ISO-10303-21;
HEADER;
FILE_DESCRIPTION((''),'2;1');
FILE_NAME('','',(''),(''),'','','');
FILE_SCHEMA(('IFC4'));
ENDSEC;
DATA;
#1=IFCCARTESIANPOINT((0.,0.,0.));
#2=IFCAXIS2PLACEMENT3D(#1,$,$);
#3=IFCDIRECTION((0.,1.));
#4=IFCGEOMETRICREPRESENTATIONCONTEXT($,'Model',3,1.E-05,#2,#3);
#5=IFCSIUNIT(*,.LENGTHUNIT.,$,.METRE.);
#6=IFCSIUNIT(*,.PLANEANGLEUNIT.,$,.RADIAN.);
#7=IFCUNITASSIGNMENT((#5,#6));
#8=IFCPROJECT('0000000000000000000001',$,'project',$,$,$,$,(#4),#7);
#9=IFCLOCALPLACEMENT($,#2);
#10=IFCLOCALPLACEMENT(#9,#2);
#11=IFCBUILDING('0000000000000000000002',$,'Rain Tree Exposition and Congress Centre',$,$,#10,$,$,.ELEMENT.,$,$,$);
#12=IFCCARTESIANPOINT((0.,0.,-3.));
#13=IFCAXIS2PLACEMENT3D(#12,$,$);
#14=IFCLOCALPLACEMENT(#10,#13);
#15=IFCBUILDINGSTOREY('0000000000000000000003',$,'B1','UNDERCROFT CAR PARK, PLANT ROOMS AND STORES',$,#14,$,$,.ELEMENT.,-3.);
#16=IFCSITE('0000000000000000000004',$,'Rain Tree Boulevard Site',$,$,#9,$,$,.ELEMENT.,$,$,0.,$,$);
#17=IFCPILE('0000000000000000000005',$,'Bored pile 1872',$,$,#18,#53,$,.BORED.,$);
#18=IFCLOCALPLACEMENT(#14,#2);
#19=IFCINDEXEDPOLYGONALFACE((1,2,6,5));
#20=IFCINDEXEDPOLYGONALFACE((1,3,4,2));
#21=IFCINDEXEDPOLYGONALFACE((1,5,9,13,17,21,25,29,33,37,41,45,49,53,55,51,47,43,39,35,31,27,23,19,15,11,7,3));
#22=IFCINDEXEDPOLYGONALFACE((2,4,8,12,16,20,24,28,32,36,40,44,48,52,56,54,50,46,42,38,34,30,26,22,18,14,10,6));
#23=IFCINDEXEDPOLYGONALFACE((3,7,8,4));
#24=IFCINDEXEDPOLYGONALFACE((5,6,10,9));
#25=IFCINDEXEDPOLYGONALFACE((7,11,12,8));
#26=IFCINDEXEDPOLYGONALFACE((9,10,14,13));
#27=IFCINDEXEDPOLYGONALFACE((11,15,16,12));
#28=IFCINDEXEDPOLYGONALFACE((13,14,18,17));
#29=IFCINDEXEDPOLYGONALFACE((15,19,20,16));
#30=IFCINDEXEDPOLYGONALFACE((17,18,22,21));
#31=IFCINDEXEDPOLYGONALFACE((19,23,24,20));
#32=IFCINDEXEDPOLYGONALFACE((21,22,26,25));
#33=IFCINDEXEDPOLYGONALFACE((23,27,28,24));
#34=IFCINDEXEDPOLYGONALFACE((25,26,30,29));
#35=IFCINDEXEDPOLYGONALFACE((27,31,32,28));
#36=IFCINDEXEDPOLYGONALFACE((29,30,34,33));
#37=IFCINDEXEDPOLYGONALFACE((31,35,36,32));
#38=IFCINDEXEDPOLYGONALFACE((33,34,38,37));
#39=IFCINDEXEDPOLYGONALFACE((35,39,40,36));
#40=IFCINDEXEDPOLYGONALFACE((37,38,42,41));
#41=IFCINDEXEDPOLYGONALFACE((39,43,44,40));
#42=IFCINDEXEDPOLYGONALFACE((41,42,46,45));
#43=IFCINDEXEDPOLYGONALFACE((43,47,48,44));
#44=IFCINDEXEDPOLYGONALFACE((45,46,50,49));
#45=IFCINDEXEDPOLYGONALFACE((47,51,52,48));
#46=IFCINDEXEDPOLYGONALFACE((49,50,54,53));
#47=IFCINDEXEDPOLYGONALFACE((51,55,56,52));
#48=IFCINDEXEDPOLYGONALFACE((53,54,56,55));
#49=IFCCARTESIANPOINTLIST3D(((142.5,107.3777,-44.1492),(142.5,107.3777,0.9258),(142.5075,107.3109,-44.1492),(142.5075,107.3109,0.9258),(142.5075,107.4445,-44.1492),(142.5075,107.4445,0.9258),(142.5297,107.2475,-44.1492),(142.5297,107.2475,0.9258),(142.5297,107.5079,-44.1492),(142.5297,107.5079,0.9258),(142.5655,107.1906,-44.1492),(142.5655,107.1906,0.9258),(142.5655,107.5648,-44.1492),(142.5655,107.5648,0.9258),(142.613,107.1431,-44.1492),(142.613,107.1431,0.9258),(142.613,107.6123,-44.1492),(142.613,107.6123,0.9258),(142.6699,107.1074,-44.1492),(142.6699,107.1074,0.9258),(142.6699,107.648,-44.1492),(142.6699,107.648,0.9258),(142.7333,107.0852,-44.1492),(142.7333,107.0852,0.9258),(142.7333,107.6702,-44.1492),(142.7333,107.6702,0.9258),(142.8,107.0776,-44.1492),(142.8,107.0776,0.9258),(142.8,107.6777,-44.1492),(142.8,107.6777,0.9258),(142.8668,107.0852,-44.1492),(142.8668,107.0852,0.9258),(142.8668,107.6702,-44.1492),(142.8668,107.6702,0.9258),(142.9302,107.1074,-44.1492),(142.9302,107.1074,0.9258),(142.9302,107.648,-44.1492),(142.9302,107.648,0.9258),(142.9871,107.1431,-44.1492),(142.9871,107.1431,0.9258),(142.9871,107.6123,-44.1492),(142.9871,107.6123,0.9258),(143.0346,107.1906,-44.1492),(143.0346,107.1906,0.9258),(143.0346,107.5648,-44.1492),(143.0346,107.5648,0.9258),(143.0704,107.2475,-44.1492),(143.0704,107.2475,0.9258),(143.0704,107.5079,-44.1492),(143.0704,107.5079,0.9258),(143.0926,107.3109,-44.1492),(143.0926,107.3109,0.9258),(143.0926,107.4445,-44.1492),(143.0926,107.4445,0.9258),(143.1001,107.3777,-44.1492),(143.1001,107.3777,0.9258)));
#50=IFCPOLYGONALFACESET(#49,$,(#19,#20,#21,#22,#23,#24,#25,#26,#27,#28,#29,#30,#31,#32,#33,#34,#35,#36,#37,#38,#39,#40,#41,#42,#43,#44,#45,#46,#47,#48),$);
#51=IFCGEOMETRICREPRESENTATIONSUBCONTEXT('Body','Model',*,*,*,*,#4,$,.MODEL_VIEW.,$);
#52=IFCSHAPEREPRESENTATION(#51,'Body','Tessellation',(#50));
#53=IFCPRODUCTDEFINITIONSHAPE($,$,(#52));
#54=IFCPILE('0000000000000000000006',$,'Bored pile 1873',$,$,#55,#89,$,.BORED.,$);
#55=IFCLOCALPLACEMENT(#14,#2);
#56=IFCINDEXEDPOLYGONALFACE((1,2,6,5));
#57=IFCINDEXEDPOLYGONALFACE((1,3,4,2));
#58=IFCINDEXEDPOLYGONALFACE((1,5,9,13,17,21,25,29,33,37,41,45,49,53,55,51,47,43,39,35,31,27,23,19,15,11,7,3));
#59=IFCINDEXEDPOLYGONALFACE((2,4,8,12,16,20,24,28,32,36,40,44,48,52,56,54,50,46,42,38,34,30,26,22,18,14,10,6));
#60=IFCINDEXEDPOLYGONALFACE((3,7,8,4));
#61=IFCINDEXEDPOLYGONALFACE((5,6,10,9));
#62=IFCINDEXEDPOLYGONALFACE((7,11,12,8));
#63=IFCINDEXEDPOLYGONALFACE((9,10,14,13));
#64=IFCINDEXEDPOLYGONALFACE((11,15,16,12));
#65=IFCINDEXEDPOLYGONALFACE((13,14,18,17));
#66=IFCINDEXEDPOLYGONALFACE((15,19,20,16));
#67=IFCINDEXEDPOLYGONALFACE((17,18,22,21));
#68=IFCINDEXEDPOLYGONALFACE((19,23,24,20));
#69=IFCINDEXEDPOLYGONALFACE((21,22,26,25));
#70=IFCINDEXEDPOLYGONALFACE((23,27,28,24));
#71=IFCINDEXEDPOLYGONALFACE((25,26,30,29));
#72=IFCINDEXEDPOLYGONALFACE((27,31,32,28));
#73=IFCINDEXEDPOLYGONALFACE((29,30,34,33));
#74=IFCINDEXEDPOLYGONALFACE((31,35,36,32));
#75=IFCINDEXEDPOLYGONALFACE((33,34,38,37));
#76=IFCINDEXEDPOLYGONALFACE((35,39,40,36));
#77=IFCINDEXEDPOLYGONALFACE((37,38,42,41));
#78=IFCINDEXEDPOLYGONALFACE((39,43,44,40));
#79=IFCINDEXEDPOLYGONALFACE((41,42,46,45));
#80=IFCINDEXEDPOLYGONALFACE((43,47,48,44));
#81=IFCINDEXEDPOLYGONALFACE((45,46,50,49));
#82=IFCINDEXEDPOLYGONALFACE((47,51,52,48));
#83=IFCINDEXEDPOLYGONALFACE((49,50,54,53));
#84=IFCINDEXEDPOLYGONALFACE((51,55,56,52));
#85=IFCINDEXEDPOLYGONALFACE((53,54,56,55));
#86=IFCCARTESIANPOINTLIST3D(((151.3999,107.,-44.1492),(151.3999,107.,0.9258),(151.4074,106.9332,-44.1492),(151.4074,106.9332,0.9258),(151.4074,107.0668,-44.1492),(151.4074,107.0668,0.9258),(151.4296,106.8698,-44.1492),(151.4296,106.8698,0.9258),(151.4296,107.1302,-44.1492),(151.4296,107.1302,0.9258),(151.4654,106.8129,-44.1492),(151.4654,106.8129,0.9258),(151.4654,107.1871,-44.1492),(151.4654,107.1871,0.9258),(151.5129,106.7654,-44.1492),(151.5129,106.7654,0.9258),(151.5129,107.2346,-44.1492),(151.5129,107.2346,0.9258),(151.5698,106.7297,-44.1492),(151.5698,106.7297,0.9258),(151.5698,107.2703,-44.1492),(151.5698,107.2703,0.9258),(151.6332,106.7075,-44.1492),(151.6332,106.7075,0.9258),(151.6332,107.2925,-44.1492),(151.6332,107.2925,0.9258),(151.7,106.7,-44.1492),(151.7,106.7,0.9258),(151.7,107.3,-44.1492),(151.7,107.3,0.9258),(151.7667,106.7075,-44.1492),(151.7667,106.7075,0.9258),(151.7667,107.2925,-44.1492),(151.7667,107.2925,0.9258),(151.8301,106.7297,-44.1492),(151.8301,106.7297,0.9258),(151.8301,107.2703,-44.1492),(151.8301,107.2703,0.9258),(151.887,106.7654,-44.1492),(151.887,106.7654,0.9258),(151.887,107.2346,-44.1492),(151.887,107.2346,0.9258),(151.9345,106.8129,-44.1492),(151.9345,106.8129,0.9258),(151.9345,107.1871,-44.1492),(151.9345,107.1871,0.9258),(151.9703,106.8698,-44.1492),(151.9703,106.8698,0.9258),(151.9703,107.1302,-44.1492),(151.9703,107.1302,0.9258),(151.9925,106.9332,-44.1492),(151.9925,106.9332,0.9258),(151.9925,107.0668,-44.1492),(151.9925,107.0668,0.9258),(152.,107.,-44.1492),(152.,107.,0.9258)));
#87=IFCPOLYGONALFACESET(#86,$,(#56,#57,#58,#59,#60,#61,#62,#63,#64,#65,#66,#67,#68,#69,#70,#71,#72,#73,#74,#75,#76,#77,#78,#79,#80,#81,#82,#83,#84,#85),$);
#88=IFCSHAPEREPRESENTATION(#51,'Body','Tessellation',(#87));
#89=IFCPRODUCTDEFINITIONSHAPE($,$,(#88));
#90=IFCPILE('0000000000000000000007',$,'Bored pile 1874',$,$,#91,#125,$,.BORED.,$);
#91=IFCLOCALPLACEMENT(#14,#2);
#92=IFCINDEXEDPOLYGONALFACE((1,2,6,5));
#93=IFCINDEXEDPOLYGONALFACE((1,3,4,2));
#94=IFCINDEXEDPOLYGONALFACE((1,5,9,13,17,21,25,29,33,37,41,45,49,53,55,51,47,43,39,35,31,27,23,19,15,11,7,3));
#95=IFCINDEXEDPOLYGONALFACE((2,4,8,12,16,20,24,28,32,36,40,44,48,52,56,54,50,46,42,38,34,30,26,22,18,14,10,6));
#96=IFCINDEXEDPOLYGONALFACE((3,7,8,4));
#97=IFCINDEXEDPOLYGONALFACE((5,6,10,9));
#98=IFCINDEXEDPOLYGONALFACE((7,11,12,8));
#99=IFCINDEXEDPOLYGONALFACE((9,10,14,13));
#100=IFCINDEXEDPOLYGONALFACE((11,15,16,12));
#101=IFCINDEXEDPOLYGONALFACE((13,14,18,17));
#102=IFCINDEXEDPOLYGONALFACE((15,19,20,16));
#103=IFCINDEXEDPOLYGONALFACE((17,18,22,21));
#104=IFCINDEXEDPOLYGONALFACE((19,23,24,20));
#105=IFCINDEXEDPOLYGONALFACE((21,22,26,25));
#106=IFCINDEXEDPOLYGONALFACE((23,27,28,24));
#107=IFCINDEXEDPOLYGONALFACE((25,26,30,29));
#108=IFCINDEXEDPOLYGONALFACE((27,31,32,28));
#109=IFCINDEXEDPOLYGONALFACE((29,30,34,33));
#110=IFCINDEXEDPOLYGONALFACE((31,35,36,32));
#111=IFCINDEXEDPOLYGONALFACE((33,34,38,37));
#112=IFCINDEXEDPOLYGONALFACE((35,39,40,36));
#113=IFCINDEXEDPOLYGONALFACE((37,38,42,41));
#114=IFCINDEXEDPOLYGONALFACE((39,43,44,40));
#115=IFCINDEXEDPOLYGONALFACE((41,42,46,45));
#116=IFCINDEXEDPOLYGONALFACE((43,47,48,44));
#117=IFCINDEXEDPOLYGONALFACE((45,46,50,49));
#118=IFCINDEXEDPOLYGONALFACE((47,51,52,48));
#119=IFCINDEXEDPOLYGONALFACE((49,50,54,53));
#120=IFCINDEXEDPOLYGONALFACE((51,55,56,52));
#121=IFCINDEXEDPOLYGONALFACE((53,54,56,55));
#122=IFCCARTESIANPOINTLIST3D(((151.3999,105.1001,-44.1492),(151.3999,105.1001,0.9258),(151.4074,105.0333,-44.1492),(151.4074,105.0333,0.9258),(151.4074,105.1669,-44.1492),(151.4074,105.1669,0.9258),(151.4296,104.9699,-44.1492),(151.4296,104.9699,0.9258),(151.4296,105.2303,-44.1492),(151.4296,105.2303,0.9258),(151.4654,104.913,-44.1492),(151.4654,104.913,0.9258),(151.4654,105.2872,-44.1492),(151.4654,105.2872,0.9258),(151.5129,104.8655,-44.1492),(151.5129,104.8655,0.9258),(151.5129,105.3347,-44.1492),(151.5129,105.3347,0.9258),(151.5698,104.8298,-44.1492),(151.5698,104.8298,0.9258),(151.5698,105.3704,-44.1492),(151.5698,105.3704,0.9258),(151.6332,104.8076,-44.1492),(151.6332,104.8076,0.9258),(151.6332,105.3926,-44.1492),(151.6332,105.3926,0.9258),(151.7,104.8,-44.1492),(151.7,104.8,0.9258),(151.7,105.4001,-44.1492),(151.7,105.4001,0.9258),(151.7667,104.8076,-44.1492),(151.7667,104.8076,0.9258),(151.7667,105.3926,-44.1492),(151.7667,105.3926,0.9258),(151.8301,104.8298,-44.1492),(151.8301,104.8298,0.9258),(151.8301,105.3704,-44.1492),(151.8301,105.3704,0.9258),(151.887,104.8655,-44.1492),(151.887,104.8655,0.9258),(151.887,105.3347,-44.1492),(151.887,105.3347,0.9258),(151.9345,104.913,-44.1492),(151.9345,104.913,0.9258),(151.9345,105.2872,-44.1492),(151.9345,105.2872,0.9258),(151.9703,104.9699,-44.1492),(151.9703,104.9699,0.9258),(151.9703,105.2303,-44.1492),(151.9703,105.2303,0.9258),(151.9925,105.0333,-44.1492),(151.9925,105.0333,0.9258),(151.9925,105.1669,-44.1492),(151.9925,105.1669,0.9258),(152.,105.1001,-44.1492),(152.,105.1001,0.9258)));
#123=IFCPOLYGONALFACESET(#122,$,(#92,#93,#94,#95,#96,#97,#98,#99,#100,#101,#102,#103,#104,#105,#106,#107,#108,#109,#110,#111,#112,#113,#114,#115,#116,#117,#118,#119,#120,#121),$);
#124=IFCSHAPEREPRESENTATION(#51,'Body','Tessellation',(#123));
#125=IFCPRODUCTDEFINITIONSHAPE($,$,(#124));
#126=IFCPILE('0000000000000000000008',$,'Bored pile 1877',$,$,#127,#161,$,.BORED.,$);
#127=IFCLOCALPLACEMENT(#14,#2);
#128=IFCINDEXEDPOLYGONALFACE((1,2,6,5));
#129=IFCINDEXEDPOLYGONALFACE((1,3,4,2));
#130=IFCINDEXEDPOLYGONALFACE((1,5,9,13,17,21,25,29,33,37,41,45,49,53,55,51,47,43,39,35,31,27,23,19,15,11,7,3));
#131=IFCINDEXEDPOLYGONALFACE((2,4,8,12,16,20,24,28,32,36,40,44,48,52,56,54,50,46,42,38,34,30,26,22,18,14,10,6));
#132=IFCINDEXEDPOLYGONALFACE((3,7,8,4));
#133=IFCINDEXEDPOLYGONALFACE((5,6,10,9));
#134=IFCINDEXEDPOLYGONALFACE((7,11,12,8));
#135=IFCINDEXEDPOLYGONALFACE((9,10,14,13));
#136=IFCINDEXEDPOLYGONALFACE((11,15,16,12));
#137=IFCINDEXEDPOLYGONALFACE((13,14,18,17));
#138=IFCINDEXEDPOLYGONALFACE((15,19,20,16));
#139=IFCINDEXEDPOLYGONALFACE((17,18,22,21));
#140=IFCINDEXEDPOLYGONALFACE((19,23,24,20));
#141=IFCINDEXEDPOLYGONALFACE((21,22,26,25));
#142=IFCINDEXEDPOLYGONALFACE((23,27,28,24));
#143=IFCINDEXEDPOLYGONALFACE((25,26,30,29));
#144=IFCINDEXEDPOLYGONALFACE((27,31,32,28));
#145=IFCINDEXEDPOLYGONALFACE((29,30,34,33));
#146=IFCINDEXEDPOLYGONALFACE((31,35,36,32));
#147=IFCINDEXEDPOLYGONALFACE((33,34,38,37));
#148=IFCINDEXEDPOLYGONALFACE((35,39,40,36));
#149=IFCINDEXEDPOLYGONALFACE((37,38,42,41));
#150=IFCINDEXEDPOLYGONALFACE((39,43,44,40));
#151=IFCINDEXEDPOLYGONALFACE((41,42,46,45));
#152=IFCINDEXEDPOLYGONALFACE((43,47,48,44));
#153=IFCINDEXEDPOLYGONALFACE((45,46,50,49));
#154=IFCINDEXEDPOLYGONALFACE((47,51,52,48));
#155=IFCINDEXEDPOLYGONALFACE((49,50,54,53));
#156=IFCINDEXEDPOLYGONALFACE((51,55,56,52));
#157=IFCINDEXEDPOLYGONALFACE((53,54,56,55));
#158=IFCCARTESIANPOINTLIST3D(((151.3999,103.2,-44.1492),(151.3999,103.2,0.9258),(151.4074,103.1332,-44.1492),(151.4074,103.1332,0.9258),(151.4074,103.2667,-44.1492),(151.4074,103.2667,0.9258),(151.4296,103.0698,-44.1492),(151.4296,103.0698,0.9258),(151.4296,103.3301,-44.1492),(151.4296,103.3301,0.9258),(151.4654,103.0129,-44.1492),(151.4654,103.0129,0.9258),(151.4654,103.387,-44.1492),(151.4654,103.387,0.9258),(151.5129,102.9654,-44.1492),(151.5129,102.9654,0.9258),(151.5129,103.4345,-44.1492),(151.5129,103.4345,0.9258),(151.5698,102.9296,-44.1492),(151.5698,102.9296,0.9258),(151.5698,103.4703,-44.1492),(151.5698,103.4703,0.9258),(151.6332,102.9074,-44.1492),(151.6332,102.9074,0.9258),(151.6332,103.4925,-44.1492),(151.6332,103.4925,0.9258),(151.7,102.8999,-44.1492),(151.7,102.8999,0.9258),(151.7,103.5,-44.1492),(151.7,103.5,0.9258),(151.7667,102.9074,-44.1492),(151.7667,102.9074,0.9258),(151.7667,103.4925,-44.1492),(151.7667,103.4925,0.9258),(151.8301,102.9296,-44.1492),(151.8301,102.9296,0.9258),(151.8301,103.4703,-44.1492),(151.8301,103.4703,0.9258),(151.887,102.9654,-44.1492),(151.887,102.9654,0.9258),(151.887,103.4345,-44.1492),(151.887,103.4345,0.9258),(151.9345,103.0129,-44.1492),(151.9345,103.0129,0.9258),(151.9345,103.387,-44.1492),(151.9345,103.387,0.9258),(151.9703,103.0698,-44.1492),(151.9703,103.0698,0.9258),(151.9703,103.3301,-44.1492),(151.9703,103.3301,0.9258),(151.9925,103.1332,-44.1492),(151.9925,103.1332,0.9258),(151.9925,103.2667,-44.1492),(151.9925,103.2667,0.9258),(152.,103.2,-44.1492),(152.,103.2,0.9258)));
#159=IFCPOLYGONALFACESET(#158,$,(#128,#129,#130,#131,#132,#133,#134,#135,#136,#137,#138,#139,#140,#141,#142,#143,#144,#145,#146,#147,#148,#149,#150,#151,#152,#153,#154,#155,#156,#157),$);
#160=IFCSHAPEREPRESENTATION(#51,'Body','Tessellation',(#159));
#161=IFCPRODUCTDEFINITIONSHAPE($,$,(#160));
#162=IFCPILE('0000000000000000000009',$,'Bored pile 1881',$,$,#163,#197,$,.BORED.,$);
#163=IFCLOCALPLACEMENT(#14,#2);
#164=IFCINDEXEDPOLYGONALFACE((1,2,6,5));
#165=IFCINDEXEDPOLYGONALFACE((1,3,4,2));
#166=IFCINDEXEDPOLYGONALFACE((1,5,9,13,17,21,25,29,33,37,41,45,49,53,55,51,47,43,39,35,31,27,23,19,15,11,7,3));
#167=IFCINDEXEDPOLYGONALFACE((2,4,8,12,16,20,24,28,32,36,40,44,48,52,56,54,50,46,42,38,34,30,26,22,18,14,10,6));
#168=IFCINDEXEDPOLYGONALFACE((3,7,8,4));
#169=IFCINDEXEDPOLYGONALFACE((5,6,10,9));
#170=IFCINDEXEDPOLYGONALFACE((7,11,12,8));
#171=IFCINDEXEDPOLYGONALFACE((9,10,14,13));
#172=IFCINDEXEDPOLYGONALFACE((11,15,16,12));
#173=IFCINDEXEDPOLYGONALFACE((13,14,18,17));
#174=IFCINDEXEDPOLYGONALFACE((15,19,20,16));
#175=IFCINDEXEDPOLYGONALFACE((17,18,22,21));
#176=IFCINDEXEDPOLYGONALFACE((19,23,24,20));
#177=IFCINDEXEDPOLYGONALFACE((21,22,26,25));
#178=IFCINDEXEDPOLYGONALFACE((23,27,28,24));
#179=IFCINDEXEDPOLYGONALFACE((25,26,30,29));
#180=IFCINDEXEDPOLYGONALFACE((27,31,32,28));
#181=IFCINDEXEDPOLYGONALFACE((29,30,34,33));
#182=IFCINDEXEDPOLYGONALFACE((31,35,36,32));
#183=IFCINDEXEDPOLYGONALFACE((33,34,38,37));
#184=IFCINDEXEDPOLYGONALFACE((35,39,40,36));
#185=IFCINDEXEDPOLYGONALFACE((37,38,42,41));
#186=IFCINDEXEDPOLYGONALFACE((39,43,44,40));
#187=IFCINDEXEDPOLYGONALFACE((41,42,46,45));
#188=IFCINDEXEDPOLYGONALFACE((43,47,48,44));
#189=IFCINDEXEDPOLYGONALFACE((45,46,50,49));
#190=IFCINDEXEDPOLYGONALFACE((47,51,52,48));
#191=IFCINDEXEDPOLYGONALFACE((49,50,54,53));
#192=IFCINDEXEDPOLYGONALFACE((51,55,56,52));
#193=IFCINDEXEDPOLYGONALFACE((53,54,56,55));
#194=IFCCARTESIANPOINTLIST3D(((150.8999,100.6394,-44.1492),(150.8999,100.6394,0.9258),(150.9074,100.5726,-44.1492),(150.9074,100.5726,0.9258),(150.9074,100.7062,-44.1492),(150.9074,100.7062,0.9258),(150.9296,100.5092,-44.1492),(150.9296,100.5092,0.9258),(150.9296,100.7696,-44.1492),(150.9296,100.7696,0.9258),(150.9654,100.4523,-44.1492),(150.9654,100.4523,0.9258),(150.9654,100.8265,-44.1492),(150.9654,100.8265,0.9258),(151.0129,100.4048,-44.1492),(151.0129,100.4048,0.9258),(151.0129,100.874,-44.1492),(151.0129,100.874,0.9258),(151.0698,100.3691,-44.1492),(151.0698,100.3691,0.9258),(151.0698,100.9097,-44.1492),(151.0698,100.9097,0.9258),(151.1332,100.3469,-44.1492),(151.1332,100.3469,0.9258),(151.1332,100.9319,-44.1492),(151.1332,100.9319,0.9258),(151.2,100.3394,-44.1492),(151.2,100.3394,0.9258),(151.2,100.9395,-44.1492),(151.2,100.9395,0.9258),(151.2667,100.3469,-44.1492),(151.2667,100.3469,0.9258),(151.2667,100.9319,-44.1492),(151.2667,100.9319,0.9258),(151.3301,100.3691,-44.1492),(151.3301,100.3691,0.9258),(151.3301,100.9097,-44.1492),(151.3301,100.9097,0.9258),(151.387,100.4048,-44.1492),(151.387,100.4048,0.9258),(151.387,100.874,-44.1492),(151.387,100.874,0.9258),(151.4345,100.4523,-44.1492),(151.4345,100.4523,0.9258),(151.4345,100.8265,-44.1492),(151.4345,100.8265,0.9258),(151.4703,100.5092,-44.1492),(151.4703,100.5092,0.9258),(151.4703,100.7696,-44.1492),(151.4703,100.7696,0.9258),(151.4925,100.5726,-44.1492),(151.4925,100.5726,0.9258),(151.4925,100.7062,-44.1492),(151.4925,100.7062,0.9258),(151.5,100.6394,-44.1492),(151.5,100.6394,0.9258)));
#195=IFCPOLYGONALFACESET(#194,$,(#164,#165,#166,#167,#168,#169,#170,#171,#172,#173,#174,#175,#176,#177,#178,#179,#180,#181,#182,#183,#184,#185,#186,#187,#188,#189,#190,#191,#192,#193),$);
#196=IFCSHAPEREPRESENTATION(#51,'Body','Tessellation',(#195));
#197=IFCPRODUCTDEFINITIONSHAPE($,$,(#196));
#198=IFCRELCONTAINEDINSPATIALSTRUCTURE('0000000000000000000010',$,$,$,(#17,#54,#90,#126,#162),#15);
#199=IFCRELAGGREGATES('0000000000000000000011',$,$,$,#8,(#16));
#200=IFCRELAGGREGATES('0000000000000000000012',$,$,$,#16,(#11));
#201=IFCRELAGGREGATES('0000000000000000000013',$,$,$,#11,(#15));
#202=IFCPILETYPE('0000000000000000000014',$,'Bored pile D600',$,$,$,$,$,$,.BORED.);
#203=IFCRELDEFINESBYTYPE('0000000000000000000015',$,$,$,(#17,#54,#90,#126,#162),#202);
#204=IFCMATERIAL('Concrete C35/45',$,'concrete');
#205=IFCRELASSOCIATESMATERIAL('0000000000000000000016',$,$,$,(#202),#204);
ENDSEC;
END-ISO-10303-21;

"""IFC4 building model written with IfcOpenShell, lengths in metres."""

from ifc_helpers import new_model, si_unit, direction, frame, origin, origin_2d, place, context, subcontext, project, spatial, circle, extrude, material, material_profile, profile_set, type_object, element, save


model = new_model("IFC4")

# Units and contexts
model_context = context("Model", 3, precision=1e-05, world=origin(), true_north=direction((0.0, 1.0)))
body_context = subcontext(model_context, "Body", "Model", "MODEL_VIEW")
ifc_project = project(units=[si_unit("LENGTHUNIT", "METRE"), si_unit("PLANEANGLEUNIT", "RADIAN")], contexts=[model_context])

# Site, building, storey
site_placement = place(None, origin())
site = spatial("IfcSite", under=ifc_project, at=site_placement, Name="Rain Tree Boulevard Site", CompositionType="ELEMENT", RefElevation=0.0)
building_placement = place(site_placement, origin())
building = spatial("IfcBuilding", under=site, at=building_placement, Name="Rain Tree Exposition and Congress Centre", CompositionType="ELEMENT")
storey_placement = place(building_placement, frame((0.0, 0.0, -3.0)))
storey = spatial("IfcBuildingStorey", under=building, at=storey_placement, Name="B1", Description="UNDERCROFT CAR PARK, PLANT ROOMS AND STORES", CompositionType="ELEMENT", Elevation=-3.0)

# Piles
ifc_material_1 = material(Name="Concrete C35/45", Category="concrete")
ifc_material_profile_1 = material_profile(ifc_material_1, circle(Radius=0.3, at=origin_2d()), Name="D600")
ifc_profile_set_1 = profile_set([ifc_material_profile_1], Name="Concrete C35/45")
pile_type_1 = type_object("IfcPileType", Name="Bored pile D600", PredefinedType="BORED", material=ifc_profile_set_1)
for number, where, z_axis, x_axis, name in (
    (1, (142.8, 107.3777, 0.9258), (0.0, 0.0, -1.0), (1.0, 0.0, 0.0), "Bored pile 1872"),
    (2, (151.7, 107.0, 0.9258), (0.0, 0.0, -1.0), (1.0, 0.0, 0.0), "Bored pile 1873"),
    (3, (151.7, 105.1001, 0.9258), (0.0, 0.0, -1.0), (1.0, 0.0, 0.0), "Bored pile 1874"),
    (4, (151.7, 103.2, 0.9258), (0.0, 0.0, -1.0), (1.0, 0.0, 0.0), "Bored pile 1877"),
    (5, (151.2, 100.6394, 0.9258), (0.0, 0.0, -1.0), (1.0, 0.0, 0.0), "Bored pile 1881"),
):
    element("IfcPile", number, at=place(storey_placement, frame(where, z_axis=z_axis, x_axis=x_axis)), inside=storey, type_object=pile_type_1, Name=name, PredefinedType="BORED", context=body_context, shape_type="SweptSolid", body=[
        extrude(circle(Radius=0.3, at=origin_2d()), origin(), (0.0, 0.0, 1.0), 45.075),
    ])

save(model, "model.ifc")
